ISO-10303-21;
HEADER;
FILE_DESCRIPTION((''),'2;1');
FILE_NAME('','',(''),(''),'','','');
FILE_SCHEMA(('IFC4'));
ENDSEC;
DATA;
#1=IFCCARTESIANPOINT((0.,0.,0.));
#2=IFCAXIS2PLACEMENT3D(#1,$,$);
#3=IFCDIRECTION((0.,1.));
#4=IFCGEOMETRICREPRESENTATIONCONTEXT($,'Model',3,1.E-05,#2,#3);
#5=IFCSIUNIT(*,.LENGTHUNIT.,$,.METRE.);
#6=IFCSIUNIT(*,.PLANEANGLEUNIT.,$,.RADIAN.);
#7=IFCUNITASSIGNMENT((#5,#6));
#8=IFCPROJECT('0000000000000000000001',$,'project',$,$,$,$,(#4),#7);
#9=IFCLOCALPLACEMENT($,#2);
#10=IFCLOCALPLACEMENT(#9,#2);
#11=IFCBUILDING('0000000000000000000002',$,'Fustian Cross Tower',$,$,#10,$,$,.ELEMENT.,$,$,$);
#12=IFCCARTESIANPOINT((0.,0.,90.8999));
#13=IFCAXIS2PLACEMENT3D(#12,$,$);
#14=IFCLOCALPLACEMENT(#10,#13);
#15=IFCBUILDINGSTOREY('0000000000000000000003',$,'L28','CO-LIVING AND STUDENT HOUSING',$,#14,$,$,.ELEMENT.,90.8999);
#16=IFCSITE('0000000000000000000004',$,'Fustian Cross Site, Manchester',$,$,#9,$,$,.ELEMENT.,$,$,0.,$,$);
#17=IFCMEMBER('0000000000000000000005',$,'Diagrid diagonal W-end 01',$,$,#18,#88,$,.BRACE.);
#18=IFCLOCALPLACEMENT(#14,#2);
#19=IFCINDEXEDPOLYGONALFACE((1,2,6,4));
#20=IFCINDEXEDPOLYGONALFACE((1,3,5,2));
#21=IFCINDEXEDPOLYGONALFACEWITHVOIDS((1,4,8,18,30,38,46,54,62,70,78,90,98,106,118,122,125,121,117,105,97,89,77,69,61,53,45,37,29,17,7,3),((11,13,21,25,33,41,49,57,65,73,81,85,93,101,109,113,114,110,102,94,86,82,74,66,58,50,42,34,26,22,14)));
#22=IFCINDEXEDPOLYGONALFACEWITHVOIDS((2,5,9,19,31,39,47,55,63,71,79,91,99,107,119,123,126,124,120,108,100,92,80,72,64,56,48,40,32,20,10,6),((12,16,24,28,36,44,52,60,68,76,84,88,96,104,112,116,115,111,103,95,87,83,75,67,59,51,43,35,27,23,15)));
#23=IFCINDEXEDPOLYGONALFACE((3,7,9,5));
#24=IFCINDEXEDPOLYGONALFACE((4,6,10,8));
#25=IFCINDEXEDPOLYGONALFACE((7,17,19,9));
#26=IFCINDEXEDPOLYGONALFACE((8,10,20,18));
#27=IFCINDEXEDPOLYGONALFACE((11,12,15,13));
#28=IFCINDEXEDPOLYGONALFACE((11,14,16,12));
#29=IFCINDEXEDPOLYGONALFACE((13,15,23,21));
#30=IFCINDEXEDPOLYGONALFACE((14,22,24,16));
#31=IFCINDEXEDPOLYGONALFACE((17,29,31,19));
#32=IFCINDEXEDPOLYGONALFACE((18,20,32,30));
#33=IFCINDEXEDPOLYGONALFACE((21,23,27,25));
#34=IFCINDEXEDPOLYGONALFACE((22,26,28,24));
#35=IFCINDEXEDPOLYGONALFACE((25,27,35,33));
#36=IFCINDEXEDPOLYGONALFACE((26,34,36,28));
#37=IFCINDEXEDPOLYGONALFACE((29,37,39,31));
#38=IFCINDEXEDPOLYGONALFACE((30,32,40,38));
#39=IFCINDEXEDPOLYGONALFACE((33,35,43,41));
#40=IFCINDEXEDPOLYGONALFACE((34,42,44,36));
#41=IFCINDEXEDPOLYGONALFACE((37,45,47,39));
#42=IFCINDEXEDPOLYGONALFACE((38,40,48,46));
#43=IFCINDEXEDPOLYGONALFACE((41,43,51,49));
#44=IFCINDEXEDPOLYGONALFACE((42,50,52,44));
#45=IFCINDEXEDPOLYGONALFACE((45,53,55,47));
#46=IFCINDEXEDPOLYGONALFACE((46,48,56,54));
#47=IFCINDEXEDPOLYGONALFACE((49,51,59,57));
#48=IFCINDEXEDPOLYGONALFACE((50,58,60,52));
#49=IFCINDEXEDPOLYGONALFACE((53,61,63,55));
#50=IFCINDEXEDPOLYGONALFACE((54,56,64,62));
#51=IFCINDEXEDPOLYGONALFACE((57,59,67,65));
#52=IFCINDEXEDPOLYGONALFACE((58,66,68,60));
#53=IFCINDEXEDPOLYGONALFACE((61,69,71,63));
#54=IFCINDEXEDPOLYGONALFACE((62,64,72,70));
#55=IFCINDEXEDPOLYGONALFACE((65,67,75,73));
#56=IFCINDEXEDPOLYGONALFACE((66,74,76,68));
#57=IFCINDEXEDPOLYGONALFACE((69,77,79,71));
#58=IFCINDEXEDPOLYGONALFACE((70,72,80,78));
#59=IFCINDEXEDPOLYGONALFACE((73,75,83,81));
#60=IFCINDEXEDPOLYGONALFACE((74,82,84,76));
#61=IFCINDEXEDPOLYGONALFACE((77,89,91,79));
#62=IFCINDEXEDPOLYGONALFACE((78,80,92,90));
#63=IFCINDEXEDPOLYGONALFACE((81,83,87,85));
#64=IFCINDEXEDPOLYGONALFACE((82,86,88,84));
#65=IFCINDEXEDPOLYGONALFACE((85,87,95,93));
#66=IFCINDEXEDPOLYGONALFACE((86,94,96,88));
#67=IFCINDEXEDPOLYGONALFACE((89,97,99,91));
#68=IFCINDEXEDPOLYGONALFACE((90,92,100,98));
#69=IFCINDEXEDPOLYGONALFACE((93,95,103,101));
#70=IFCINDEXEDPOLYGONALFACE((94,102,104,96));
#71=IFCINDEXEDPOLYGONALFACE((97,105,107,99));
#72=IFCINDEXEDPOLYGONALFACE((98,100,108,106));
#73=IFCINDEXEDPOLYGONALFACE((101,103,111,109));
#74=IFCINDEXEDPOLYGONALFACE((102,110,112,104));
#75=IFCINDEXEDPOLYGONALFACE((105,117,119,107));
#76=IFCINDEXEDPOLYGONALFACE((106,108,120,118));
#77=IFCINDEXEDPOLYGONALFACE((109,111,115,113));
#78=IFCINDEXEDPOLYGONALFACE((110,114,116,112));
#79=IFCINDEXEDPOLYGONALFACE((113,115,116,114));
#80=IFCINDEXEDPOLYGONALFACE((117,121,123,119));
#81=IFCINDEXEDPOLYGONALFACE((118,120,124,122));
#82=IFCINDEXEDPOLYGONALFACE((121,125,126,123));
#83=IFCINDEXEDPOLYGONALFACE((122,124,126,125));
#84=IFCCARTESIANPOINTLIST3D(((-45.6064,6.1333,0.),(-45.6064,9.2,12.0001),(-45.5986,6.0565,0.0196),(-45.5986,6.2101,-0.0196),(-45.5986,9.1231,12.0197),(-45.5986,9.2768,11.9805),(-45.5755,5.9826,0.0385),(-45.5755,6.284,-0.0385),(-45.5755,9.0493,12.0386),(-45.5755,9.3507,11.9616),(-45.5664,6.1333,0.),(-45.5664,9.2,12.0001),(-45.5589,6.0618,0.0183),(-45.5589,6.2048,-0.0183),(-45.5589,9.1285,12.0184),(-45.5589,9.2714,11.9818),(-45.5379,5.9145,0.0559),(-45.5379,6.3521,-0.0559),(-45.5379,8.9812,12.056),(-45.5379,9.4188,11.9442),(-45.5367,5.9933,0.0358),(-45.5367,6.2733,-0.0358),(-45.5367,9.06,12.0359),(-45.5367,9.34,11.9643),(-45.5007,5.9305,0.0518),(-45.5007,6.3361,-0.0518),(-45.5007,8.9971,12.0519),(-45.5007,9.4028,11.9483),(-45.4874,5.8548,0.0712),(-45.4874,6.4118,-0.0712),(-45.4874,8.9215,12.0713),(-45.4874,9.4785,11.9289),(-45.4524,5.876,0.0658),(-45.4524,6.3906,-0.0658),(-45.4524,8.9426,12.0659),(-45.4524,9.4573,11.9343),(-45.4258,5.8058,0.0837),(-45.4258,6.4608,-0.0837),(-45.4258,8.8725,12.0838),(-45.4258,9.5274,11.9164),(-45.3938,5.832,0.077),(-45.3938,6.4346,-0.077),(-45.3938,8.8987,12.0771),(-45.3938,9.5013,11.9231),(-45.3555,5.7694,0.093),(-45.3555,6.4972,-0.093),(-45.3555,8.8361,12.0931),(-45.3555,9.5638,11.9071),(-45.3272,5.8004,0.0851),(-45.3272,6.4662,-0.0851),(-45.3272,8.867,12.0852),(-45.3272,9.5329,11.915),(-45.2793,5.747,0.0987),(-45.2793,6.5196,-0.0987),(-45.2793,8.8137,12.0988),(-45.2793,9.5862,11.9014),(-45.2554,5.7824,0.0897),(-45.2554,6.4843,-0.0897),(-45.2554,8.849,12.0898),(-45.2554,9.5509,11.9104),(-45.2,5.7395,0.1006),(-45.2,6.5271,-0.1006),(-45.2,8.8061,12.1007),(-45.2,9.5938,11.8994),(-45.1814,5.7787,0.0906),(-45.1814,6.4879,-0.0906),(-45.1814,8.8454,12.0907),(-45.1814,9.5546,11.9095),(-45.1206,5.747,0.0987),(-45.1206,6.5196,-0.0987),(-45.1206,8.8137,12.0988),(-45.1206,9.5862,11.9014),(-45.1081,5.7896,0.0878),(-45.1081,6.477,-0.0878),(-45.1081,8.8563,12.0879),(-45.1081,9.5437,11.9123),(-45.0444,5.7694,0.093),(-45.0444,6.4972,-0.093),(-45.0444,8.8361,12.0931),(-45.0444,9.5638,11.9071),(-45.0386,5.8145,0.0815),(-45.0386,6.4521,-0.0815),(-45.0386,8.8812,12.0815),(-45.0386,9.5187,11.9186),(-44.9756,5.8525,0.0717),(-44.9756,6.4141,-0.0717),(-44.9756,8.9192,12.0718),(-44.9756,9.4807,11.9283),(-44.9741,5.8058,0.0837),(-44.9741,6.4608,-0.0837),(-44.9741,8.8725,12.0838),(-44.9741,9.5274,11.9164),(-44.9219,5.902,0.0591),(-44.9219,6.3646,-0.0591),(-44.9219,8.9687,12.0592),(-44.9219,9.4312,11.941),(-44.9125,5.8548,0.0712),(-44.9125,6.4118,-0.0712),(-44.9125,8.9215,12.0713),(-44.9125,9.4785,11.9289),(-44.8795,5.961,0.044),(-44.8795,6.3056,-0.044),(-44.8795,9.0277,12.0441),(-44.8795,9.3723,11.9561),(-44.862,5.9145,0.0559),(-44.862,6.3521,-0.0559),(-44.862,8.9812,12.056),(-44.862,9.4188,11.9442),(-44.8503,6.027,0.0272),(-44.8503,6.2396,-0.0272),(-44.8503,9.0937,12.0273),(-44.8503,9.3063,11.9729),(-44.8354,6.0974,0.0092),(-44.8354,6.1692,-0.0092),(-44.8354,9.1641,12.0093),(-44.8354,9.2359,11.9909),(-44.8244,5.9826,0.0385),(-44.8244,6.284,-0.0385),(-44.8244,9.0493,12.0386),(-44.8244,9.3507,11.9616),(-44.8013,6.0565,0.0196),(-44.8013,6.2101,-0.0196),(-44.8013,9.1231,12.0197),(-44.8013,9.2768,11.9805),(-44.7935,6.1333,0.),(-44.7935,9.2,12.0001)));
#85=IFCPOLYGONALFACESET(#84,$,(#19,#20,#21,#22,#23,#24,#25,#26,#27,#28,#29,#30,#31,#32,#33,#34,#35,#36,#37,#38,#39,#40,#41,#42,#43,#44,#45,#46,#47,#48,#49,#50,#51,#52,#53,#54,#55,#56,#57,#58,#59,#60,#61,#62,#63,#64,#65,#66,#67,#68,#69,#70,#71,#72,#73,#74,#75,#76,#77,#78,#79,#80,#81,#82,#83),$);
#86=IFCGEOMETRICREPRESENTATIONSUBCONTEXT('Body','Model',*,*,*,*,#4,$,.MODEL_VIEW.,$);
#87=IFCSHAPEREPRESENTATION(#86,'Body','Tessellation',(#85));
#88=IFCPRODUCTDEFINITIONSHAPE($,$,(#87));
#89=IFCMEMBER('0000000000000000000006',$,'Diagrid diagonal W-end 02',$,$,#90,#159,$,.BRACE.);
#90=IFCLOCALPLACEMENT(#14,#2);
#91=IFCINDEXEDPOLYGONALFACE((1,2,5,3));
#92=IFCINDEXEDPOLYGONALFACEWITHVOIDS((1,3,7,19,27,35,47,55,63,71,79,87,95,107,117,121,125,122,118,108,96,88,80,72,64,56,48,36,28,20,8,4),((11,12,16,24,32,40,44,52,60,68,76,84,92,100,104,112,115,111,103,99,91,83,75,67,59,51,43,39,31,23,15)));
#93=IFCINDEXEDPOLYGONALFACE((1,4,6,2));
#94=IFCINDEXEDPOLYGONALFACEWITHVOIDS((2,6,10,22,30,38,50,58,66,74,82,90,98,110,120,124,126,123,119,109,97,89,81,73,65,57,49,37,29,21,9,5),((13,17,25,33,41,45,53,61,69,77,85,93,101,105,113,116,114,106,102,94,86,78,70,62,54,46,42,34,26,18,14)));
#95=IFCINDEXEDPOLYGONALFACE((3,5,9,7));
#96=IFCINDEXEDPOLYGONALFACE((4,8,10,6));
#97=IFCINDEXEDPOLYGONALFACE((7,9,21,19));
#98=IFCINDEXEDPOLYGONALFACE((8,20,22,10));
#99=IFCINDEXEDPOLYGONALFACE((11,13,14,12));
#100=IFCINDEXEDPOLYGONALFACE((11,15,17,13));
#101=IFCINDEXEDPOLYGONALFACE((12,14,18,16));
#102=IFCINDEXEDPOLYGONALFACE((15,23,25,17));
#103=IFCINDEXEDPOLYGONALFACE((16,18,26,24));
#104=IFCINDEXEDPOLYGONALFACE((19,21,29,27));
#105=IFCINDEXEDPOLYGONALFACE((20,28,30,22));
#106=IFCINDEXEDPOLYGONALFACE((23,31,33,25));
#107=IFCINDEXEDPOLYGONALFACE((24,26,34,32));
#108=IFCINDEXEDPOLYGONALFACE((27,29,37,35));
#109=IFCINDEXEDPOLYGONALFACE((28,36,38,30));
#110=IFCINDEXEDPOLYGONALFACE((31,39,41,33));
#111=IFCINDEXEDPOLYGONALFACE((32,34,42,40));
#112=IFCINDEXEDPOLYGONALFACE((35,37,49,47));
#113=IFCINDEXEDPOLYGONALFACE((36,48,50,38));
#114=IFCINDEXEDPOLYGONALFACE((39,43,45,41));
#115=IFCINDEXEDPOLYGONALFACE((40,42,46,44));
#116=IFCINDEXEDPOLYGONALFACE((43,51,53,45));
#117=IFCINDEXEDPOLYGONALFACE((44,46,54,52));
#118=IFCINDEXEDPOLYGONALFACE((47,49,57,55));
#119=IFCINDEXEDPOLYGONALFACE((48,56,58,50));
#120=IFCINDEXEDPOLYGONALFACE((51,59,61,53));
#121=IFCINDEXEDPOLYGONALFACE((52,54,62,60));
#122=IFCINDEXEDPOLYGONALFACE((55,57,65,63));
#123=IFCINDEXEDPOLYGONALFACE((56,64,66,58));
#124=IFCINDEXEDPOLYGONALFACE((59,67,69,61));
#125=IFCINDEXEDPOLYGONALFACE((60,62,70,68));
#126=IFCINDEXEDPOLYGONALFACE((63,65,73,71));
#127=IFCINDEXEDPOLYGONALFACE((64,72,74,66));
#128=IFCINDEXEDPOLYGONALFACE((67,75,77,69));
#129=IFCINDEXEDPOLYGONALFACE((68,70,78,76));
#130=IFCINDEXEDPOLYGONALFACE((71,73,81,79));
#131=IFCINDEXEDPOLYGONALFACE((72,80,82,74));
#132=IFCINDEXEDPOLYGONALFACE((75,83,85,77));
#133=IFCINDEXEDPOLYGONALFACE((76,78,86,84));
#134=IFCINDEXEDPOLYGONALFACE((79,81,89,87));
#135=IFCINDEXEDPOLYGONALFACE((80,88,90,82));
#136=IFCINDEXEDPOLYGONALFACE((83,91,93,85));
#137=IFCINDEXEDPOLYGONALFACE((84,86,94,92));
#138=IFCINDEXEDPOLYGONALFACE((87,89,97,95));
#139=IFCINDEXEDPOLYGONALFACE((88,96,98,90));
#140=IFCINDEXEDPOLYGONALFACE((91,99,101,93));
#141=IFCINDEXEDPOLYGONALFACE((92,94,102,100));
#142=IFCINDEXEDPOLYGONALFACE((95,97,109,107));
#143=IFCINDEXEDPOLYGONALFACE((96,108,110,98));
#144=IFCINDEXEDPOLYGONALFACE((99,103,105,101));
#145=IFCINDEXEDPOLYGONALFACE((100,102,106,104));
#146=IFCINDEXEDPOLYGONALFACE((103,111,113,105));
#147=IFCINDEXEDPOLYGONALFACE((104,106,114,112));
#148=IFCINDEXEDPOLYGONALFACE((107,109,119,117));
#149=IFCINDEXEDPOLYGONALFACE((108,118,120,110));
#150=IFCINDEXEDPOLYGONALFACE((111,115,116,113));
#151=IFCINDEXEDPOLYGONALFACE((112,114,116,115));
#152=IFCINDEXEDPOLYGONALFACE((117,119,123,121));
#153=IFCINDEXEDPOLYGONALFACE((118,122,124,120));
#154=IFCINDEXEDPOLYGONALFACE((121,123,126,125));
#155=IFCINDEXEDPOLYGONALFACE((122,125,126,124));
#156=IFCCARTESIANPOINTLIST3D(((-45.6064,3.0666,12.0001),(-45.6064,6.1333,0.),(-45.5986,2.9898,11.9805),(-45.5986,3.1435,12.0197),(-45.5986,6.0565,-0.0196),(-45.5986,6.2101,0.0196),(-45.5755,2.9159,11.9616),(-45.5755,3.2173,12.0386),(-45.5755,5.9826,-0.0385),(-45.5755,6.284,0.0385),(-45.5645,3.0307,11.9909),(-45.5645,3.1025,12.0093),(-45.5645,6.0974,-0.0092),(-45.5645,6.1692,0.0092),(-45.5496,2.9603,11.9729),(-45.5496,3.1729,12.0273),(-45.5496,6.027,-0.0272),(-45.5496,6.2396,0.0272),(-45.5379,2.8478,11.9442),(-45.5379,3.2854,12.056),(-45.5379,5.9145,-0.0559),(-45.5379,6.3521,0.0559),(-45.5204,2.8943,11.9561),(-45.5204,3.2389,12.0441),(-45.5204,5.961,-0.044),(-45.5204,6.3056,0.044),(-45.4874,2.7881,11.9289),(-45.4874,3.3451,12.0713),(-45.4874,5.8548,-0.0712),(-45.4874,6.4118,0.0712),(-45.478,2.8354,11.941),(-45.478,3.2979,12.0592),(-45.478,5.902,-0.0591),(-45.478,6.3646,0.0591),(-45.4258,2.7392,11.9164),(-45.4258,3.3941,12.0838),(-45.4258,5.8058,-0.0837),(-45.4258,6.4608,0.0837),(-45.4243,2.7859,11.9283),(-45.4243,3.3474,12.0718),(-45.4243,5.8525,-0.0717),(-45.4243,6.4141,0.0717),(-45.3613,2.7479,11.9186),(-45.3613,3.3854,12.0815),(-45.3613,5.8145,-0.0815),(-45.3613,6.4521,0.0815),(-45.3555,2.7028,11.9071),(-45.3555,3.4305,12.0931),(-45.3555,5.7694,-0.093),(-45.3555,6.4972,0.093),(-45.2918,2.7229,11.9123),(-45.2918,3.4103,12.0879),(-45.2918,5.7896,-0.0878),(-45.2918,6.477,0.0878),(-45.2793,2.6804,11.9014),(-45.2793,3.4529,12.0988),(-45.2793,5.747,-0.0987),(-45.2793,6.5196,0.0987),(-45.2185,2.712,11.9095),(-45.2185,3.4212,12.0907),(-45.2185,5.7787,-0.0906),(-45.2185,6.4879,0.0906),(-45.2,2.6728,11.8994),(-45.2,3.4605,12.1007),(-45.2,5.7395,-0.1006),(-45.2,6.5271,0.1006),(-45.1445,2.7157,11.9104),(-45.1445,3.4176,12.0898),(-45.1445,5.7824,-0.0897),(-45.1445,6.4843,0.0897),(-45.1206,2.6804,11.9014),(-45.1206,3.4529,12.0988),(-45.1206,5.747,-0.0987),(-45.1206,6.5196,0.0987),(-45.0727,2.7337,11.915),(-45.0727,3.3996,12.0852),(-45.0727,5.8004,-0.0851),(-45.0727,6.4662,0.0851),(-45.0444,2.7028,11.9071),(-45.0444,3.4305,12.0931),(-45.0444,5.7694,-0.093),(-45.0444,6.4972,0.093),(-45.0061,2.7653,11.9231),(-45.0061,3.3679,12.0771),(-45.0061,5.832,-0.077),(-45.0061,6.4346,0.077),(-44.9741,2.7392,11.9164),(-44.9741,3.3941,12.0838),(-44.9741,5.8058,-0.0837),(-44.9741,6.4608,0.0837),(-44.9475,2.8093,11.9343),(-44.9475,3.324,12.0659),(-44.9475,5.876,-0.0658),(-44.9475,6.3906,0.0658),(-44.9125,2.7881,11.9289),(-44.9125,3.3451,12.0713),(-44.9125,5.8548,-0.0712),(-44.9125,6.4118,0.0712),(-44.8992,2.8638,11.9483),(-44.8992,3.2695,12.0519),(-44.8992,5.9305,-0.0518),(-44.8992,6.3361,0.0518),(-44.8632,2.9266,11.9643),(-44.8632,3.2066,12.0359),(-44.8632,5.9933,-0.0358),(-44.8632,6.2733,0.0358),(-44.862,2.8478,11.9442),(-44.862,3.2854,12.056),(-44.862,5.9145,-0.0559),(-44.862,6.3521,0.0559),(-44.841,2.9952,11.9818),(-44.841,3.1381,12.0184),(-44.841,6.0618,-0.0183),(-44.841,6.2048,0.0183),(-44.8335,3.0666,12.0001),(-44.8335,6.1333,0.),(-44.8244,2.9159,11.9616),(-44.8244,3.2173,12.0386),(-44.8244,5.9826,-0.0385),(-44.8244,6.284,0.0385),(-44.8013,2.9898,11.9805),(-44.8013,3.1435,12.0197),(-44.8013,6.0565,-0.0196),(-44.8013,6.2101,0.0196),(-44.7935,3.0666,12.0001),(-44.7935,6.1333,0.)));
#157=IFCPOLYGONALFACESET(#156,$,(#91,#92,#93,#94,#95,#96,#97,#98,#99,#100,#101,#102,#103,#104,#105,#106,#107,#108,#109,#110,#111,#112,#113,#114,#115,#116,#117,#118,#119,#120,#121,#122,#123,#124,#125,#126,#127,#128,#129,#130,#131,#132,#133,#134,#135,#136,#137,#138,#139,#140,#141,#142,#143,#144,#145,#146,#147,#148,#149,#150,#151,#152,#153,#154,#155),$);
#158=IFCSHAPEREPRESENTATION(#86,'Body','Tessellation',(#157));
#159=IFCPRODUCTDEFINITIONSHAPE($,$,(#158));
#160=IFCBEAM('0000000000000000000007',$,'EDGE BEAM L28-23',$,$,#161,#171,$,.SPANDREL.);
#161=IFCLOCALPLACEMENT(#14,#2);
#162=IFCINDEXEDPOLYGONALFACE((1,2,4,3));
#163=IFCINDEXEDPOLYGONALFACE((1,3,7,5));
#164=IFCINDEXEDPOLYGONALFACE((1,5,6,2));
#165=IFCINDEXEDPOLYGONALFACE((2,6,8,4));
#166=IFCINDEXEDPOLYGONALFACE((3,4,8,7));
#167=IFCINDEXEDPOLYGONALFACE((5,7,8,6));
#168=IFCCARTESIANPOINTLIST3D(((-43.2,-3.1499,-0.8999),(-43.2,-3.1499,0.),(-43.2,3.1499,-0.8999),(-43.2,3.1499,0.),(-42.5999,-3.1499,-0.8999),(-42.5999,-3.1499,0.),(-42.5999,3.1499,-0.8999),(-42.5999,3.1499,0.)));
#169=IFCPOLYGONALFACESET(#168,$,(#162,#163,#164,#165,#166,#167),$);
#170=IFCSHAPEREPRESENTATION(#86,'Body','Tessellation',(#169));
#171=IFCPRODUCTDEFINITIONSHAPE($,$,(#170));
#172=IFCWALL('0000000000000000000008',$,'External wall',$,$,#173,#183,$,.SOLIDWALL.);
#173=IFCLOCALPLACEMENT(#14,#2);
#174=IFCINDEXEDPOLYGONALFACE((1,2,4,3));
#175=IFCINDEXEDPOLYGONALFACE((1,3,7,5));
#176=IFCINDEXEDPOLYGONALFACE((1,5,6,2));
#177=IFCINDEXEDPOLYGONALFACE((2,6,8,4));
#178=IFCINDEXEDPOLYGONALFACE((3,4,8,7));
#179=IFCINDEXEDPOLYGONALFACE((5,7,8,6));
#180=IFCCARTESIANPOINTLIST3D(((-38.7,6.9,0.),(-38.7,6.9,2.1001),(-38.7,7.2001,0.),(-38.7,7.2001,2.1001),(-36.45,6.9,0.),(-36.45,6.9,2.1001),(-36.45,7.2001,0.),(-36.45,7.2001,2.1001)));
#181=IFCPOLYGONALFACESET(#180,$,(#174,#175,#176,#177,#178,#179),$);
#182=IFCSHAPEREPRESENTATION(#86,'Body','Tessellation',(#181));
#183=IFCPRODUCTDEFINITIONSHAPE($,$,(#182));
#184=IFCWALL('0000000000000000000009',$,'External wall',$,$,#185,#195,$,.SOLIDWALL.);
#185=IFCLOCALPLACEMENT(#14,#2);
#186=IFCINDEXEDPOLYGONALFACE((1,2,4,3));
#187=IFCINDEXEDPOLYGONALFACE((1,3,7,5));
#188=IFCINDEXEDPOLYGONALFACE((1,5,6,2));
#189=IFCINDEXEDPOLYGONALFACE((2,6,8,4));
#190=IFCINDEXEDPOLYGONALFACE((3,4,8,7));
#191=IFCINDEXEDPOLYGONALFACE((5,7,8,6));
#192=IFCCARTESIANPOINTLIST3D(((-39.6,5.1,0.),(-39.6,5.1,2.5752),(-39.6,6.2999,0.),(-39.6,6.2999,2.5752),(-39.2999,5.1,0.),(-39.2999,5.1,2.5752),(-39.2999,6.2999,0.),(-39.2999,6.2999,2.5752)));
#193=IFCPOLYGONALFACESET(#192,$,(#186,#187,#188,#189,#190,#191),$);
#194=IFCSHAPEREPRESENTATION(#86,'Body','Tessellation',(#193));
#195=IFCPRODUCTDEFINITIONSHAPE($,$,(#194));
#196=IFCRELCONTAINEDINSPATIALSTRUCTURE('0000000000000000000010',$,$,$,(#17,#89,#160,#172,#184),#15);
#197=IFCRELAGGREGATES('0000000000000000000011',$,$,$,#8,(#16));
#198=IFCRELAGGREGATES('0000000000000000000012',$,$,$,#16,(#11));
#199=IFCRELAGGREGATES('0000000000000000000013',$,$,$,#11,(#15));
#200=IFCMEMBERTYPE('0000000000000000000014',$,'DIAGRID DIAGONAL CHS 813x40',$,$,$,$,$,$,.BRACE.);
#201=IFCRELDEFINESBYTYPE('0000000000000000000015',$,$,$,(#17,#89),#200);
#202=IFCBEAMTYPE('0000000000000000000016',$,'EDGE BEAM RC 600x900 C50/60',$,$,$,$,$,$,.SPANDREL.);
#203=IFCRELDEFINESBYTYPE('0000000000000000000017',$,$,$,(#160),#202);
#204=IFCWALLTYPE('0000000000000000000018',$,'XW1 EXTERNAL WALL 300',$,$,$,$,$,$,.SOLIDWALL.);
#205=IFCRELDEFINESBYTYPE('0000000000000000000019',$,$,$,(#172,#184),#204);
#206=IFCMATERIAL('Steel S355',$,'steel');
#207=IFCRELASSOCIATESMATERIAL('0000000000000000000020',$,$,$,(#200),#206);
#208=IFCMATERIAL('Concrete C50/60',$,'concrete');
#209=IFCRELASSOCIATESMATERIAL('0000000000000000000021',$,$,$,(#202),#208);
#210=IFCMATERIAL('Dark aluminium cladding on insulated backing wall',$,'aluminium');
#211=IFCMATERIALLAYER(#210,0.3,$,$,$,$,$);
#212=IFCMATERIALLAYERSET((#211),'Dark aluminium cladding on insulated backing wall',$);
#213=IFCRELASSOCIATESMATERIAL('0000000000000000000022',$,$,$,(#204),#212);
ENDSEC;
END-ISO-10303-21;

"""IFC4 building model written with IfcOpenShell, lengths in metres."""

from ifc_helpers import new_model, si_unit, direction, frame, frame_2d, origin, origin_2d, place, context, subcontext, project, spatial, rectangle, hollow_circle, extrude, material, layer, layer_set, material_profile, profile_set, type_object, element, save


model = new_model("IFC4")

# Units and contexts
model_context = context("Model", 3, precision=1e-05, world=origin(), true_north=direction((0.0, 1.0)))
body_context = subcontext(model_context, "Body", "Model", "MODEL_VIEW")
ifc_project = project(units=[si_unit("LENGTHUNIT", "METRE"), si_unit("PLANEANGLEUNIT", "RADIAN")], contexts=[model_context])

# Site, building, storey
site_placement = place(None, origin())
site = spatial("IfcSite", under=ifc_project, at=site_placement, Name="Fustian Cross Site, Manchester", CompositionType="ELEMENT", RefElevation=0.0)
building_placement = place(site_placement, origin())
building = spatial("IfcBuilding", under=site, at=building_placement, Name="Fustian Cross Tower", CompositionType="ELEMENT")
storey_placement = place(building_placement, frame((0.0, 0.0, 90.8999)))
storey = spatial("IfcBuildingStorey", under=building, at=storey_placement, Name="L28", Description="CO-LIVING AND STUDENT HOUSING", CompositionType="ELEMENT", Elevation=90.8999)

# Members
ifc_material_1 = material(Name="Steel S355", Category="steel")
ifc_material_profile_1 = material_profile(ifc_material_1, hollow_circle(Radius=0.4065, WallThickness=0.04, at=origin_2d()), Name="CHS 813x40")
ifc_profile_set_1 = profile_set([ifc_material_profile_1], Name="Steel S355")
member_type_1 = type_object("IfcMemberType", Name="DIAGRID DIAGONAL CHS 813x40", PredefinedType="BRACE", material=ifc_profile_set_1)
for number, where, z_axis, x_axis, name in (
    (1, (-45.2, 6.1333, 0.0), (0.0, 0.247597, 0.968863), (-1.0, 0.0, 0.0), "Diagrid diagonal W-end 01"),
    (2, (-45.2, 6.1333, 0.0), (0.0, -0.247597, 0.968863), (1.0, 0.0, 0.0), "Diagrid diagonal W-end 02"),
):
    element("IfcMember", number, at=place(storey_placement, frame(where, z_axis=z_axis, x_axis=x_axis)), inside=storey, type_object=member_type_1, Name=name, PredefinedType="BRACE", context=body_context, shape_type="SweptSolid", body=[
        extrude(hollow_circle(Radius=0.4065, WallThickness=0.04, at=origin_2d()), origin(), (0.0, 0.0, 1.0), 12.3857),
    ])

# Beam
ifc_material_2 = material(Name="Concrete C50/60", Category="concrete")
ifc_material_profile_2 = material_profile(ifc_material_2, rectangle(XDim=0.6001, YDim=0.8999, at=origin_2d()), Name="RC 600x900")
ifc_profile_set_2 = profile_set([ifc_material_profile_2], Name="Concrete C50/60")
beam_type = type_object("IfcBeamType", Name="EDGE BEAM RC 600x900 C50/60", PredefinedType="SPANDREL", material=ifc_profile_set_2)
beam_placement = place(storey_placement, frame((-42.8999, 3.1499, -0.45), z_axis=(0.0, -1.0, 0.0), x_axis=(1.0, 0.0, 0.0)))
element("IfcBeam", 3, at=beam_placement, inside=storey, type_object=beam_type, Name="EDGE BEAM L28-23", PredefinedType="SPANDREL", context=body_context, shape_type="SweptSolid", body=[
    extrude(rectangle(XDim=0.6001, YDim=0.8999, at=origin_2d()), origin(), (0.0, 0.0, 1.0), 6.2998),
])

# Walls
ifc_material_3 = material(Name="Dark aluminium cladding on insulated backing wall", Category="aluminium")
ifc_layer = layer(ifc_material_3, 0.3)
ifc_layer_set = layer_set([ifc_layer], Name="Dark aluminium cladding on insulated backing wall")
wall_type = type_object("IfcWallType", Name="XW1 EXTERNAL WALL 300", PredefinedType="SOLIDWALL", material=ifc_layer_set)
wall_1_placement = place(storey_placement, frame((-36.45, 7.05, 0.0), z_axis=(0.0, 0.0, 1.0), x_axis=(-1.0, 0.0, 0.0)))
element("IfcWall", 4, at=wall_1_placement, inside=storey, type_object=wall_type, Name="External wall", PredefinedType="SOLIDWALL", context=body_context, shape_type="SweptSolid", body=[
    extrude(rectangle(XDim=2.25, YDim=0.3, at=frame_2d((1.125, 0.0))), origin(), (0.0, 0.0, 1.0), 2.1001),
])
wall_2_placement = place(storey_placement, frame((-39.45, 6.3, 0.0), z_axis=(0.0, 0.0, 1.0), x_axis=(0.0, -1.0, 0.0)))
element("IfcWall", 5, at=wall_2_placement, inside=storey, type_object=wall_type, Name="External wall", PredefinedType="SOLIDWALL", context=body_context, shape_type="SweptSolid", body=[
    extrude(rectangle(XDim=1.2, YDim=0.3, at=frame_2d((0.6001, 0.0))), origin(), (0.0, 0.0, 1.0), 2.5752),
])

save(model, "model.ifc")
